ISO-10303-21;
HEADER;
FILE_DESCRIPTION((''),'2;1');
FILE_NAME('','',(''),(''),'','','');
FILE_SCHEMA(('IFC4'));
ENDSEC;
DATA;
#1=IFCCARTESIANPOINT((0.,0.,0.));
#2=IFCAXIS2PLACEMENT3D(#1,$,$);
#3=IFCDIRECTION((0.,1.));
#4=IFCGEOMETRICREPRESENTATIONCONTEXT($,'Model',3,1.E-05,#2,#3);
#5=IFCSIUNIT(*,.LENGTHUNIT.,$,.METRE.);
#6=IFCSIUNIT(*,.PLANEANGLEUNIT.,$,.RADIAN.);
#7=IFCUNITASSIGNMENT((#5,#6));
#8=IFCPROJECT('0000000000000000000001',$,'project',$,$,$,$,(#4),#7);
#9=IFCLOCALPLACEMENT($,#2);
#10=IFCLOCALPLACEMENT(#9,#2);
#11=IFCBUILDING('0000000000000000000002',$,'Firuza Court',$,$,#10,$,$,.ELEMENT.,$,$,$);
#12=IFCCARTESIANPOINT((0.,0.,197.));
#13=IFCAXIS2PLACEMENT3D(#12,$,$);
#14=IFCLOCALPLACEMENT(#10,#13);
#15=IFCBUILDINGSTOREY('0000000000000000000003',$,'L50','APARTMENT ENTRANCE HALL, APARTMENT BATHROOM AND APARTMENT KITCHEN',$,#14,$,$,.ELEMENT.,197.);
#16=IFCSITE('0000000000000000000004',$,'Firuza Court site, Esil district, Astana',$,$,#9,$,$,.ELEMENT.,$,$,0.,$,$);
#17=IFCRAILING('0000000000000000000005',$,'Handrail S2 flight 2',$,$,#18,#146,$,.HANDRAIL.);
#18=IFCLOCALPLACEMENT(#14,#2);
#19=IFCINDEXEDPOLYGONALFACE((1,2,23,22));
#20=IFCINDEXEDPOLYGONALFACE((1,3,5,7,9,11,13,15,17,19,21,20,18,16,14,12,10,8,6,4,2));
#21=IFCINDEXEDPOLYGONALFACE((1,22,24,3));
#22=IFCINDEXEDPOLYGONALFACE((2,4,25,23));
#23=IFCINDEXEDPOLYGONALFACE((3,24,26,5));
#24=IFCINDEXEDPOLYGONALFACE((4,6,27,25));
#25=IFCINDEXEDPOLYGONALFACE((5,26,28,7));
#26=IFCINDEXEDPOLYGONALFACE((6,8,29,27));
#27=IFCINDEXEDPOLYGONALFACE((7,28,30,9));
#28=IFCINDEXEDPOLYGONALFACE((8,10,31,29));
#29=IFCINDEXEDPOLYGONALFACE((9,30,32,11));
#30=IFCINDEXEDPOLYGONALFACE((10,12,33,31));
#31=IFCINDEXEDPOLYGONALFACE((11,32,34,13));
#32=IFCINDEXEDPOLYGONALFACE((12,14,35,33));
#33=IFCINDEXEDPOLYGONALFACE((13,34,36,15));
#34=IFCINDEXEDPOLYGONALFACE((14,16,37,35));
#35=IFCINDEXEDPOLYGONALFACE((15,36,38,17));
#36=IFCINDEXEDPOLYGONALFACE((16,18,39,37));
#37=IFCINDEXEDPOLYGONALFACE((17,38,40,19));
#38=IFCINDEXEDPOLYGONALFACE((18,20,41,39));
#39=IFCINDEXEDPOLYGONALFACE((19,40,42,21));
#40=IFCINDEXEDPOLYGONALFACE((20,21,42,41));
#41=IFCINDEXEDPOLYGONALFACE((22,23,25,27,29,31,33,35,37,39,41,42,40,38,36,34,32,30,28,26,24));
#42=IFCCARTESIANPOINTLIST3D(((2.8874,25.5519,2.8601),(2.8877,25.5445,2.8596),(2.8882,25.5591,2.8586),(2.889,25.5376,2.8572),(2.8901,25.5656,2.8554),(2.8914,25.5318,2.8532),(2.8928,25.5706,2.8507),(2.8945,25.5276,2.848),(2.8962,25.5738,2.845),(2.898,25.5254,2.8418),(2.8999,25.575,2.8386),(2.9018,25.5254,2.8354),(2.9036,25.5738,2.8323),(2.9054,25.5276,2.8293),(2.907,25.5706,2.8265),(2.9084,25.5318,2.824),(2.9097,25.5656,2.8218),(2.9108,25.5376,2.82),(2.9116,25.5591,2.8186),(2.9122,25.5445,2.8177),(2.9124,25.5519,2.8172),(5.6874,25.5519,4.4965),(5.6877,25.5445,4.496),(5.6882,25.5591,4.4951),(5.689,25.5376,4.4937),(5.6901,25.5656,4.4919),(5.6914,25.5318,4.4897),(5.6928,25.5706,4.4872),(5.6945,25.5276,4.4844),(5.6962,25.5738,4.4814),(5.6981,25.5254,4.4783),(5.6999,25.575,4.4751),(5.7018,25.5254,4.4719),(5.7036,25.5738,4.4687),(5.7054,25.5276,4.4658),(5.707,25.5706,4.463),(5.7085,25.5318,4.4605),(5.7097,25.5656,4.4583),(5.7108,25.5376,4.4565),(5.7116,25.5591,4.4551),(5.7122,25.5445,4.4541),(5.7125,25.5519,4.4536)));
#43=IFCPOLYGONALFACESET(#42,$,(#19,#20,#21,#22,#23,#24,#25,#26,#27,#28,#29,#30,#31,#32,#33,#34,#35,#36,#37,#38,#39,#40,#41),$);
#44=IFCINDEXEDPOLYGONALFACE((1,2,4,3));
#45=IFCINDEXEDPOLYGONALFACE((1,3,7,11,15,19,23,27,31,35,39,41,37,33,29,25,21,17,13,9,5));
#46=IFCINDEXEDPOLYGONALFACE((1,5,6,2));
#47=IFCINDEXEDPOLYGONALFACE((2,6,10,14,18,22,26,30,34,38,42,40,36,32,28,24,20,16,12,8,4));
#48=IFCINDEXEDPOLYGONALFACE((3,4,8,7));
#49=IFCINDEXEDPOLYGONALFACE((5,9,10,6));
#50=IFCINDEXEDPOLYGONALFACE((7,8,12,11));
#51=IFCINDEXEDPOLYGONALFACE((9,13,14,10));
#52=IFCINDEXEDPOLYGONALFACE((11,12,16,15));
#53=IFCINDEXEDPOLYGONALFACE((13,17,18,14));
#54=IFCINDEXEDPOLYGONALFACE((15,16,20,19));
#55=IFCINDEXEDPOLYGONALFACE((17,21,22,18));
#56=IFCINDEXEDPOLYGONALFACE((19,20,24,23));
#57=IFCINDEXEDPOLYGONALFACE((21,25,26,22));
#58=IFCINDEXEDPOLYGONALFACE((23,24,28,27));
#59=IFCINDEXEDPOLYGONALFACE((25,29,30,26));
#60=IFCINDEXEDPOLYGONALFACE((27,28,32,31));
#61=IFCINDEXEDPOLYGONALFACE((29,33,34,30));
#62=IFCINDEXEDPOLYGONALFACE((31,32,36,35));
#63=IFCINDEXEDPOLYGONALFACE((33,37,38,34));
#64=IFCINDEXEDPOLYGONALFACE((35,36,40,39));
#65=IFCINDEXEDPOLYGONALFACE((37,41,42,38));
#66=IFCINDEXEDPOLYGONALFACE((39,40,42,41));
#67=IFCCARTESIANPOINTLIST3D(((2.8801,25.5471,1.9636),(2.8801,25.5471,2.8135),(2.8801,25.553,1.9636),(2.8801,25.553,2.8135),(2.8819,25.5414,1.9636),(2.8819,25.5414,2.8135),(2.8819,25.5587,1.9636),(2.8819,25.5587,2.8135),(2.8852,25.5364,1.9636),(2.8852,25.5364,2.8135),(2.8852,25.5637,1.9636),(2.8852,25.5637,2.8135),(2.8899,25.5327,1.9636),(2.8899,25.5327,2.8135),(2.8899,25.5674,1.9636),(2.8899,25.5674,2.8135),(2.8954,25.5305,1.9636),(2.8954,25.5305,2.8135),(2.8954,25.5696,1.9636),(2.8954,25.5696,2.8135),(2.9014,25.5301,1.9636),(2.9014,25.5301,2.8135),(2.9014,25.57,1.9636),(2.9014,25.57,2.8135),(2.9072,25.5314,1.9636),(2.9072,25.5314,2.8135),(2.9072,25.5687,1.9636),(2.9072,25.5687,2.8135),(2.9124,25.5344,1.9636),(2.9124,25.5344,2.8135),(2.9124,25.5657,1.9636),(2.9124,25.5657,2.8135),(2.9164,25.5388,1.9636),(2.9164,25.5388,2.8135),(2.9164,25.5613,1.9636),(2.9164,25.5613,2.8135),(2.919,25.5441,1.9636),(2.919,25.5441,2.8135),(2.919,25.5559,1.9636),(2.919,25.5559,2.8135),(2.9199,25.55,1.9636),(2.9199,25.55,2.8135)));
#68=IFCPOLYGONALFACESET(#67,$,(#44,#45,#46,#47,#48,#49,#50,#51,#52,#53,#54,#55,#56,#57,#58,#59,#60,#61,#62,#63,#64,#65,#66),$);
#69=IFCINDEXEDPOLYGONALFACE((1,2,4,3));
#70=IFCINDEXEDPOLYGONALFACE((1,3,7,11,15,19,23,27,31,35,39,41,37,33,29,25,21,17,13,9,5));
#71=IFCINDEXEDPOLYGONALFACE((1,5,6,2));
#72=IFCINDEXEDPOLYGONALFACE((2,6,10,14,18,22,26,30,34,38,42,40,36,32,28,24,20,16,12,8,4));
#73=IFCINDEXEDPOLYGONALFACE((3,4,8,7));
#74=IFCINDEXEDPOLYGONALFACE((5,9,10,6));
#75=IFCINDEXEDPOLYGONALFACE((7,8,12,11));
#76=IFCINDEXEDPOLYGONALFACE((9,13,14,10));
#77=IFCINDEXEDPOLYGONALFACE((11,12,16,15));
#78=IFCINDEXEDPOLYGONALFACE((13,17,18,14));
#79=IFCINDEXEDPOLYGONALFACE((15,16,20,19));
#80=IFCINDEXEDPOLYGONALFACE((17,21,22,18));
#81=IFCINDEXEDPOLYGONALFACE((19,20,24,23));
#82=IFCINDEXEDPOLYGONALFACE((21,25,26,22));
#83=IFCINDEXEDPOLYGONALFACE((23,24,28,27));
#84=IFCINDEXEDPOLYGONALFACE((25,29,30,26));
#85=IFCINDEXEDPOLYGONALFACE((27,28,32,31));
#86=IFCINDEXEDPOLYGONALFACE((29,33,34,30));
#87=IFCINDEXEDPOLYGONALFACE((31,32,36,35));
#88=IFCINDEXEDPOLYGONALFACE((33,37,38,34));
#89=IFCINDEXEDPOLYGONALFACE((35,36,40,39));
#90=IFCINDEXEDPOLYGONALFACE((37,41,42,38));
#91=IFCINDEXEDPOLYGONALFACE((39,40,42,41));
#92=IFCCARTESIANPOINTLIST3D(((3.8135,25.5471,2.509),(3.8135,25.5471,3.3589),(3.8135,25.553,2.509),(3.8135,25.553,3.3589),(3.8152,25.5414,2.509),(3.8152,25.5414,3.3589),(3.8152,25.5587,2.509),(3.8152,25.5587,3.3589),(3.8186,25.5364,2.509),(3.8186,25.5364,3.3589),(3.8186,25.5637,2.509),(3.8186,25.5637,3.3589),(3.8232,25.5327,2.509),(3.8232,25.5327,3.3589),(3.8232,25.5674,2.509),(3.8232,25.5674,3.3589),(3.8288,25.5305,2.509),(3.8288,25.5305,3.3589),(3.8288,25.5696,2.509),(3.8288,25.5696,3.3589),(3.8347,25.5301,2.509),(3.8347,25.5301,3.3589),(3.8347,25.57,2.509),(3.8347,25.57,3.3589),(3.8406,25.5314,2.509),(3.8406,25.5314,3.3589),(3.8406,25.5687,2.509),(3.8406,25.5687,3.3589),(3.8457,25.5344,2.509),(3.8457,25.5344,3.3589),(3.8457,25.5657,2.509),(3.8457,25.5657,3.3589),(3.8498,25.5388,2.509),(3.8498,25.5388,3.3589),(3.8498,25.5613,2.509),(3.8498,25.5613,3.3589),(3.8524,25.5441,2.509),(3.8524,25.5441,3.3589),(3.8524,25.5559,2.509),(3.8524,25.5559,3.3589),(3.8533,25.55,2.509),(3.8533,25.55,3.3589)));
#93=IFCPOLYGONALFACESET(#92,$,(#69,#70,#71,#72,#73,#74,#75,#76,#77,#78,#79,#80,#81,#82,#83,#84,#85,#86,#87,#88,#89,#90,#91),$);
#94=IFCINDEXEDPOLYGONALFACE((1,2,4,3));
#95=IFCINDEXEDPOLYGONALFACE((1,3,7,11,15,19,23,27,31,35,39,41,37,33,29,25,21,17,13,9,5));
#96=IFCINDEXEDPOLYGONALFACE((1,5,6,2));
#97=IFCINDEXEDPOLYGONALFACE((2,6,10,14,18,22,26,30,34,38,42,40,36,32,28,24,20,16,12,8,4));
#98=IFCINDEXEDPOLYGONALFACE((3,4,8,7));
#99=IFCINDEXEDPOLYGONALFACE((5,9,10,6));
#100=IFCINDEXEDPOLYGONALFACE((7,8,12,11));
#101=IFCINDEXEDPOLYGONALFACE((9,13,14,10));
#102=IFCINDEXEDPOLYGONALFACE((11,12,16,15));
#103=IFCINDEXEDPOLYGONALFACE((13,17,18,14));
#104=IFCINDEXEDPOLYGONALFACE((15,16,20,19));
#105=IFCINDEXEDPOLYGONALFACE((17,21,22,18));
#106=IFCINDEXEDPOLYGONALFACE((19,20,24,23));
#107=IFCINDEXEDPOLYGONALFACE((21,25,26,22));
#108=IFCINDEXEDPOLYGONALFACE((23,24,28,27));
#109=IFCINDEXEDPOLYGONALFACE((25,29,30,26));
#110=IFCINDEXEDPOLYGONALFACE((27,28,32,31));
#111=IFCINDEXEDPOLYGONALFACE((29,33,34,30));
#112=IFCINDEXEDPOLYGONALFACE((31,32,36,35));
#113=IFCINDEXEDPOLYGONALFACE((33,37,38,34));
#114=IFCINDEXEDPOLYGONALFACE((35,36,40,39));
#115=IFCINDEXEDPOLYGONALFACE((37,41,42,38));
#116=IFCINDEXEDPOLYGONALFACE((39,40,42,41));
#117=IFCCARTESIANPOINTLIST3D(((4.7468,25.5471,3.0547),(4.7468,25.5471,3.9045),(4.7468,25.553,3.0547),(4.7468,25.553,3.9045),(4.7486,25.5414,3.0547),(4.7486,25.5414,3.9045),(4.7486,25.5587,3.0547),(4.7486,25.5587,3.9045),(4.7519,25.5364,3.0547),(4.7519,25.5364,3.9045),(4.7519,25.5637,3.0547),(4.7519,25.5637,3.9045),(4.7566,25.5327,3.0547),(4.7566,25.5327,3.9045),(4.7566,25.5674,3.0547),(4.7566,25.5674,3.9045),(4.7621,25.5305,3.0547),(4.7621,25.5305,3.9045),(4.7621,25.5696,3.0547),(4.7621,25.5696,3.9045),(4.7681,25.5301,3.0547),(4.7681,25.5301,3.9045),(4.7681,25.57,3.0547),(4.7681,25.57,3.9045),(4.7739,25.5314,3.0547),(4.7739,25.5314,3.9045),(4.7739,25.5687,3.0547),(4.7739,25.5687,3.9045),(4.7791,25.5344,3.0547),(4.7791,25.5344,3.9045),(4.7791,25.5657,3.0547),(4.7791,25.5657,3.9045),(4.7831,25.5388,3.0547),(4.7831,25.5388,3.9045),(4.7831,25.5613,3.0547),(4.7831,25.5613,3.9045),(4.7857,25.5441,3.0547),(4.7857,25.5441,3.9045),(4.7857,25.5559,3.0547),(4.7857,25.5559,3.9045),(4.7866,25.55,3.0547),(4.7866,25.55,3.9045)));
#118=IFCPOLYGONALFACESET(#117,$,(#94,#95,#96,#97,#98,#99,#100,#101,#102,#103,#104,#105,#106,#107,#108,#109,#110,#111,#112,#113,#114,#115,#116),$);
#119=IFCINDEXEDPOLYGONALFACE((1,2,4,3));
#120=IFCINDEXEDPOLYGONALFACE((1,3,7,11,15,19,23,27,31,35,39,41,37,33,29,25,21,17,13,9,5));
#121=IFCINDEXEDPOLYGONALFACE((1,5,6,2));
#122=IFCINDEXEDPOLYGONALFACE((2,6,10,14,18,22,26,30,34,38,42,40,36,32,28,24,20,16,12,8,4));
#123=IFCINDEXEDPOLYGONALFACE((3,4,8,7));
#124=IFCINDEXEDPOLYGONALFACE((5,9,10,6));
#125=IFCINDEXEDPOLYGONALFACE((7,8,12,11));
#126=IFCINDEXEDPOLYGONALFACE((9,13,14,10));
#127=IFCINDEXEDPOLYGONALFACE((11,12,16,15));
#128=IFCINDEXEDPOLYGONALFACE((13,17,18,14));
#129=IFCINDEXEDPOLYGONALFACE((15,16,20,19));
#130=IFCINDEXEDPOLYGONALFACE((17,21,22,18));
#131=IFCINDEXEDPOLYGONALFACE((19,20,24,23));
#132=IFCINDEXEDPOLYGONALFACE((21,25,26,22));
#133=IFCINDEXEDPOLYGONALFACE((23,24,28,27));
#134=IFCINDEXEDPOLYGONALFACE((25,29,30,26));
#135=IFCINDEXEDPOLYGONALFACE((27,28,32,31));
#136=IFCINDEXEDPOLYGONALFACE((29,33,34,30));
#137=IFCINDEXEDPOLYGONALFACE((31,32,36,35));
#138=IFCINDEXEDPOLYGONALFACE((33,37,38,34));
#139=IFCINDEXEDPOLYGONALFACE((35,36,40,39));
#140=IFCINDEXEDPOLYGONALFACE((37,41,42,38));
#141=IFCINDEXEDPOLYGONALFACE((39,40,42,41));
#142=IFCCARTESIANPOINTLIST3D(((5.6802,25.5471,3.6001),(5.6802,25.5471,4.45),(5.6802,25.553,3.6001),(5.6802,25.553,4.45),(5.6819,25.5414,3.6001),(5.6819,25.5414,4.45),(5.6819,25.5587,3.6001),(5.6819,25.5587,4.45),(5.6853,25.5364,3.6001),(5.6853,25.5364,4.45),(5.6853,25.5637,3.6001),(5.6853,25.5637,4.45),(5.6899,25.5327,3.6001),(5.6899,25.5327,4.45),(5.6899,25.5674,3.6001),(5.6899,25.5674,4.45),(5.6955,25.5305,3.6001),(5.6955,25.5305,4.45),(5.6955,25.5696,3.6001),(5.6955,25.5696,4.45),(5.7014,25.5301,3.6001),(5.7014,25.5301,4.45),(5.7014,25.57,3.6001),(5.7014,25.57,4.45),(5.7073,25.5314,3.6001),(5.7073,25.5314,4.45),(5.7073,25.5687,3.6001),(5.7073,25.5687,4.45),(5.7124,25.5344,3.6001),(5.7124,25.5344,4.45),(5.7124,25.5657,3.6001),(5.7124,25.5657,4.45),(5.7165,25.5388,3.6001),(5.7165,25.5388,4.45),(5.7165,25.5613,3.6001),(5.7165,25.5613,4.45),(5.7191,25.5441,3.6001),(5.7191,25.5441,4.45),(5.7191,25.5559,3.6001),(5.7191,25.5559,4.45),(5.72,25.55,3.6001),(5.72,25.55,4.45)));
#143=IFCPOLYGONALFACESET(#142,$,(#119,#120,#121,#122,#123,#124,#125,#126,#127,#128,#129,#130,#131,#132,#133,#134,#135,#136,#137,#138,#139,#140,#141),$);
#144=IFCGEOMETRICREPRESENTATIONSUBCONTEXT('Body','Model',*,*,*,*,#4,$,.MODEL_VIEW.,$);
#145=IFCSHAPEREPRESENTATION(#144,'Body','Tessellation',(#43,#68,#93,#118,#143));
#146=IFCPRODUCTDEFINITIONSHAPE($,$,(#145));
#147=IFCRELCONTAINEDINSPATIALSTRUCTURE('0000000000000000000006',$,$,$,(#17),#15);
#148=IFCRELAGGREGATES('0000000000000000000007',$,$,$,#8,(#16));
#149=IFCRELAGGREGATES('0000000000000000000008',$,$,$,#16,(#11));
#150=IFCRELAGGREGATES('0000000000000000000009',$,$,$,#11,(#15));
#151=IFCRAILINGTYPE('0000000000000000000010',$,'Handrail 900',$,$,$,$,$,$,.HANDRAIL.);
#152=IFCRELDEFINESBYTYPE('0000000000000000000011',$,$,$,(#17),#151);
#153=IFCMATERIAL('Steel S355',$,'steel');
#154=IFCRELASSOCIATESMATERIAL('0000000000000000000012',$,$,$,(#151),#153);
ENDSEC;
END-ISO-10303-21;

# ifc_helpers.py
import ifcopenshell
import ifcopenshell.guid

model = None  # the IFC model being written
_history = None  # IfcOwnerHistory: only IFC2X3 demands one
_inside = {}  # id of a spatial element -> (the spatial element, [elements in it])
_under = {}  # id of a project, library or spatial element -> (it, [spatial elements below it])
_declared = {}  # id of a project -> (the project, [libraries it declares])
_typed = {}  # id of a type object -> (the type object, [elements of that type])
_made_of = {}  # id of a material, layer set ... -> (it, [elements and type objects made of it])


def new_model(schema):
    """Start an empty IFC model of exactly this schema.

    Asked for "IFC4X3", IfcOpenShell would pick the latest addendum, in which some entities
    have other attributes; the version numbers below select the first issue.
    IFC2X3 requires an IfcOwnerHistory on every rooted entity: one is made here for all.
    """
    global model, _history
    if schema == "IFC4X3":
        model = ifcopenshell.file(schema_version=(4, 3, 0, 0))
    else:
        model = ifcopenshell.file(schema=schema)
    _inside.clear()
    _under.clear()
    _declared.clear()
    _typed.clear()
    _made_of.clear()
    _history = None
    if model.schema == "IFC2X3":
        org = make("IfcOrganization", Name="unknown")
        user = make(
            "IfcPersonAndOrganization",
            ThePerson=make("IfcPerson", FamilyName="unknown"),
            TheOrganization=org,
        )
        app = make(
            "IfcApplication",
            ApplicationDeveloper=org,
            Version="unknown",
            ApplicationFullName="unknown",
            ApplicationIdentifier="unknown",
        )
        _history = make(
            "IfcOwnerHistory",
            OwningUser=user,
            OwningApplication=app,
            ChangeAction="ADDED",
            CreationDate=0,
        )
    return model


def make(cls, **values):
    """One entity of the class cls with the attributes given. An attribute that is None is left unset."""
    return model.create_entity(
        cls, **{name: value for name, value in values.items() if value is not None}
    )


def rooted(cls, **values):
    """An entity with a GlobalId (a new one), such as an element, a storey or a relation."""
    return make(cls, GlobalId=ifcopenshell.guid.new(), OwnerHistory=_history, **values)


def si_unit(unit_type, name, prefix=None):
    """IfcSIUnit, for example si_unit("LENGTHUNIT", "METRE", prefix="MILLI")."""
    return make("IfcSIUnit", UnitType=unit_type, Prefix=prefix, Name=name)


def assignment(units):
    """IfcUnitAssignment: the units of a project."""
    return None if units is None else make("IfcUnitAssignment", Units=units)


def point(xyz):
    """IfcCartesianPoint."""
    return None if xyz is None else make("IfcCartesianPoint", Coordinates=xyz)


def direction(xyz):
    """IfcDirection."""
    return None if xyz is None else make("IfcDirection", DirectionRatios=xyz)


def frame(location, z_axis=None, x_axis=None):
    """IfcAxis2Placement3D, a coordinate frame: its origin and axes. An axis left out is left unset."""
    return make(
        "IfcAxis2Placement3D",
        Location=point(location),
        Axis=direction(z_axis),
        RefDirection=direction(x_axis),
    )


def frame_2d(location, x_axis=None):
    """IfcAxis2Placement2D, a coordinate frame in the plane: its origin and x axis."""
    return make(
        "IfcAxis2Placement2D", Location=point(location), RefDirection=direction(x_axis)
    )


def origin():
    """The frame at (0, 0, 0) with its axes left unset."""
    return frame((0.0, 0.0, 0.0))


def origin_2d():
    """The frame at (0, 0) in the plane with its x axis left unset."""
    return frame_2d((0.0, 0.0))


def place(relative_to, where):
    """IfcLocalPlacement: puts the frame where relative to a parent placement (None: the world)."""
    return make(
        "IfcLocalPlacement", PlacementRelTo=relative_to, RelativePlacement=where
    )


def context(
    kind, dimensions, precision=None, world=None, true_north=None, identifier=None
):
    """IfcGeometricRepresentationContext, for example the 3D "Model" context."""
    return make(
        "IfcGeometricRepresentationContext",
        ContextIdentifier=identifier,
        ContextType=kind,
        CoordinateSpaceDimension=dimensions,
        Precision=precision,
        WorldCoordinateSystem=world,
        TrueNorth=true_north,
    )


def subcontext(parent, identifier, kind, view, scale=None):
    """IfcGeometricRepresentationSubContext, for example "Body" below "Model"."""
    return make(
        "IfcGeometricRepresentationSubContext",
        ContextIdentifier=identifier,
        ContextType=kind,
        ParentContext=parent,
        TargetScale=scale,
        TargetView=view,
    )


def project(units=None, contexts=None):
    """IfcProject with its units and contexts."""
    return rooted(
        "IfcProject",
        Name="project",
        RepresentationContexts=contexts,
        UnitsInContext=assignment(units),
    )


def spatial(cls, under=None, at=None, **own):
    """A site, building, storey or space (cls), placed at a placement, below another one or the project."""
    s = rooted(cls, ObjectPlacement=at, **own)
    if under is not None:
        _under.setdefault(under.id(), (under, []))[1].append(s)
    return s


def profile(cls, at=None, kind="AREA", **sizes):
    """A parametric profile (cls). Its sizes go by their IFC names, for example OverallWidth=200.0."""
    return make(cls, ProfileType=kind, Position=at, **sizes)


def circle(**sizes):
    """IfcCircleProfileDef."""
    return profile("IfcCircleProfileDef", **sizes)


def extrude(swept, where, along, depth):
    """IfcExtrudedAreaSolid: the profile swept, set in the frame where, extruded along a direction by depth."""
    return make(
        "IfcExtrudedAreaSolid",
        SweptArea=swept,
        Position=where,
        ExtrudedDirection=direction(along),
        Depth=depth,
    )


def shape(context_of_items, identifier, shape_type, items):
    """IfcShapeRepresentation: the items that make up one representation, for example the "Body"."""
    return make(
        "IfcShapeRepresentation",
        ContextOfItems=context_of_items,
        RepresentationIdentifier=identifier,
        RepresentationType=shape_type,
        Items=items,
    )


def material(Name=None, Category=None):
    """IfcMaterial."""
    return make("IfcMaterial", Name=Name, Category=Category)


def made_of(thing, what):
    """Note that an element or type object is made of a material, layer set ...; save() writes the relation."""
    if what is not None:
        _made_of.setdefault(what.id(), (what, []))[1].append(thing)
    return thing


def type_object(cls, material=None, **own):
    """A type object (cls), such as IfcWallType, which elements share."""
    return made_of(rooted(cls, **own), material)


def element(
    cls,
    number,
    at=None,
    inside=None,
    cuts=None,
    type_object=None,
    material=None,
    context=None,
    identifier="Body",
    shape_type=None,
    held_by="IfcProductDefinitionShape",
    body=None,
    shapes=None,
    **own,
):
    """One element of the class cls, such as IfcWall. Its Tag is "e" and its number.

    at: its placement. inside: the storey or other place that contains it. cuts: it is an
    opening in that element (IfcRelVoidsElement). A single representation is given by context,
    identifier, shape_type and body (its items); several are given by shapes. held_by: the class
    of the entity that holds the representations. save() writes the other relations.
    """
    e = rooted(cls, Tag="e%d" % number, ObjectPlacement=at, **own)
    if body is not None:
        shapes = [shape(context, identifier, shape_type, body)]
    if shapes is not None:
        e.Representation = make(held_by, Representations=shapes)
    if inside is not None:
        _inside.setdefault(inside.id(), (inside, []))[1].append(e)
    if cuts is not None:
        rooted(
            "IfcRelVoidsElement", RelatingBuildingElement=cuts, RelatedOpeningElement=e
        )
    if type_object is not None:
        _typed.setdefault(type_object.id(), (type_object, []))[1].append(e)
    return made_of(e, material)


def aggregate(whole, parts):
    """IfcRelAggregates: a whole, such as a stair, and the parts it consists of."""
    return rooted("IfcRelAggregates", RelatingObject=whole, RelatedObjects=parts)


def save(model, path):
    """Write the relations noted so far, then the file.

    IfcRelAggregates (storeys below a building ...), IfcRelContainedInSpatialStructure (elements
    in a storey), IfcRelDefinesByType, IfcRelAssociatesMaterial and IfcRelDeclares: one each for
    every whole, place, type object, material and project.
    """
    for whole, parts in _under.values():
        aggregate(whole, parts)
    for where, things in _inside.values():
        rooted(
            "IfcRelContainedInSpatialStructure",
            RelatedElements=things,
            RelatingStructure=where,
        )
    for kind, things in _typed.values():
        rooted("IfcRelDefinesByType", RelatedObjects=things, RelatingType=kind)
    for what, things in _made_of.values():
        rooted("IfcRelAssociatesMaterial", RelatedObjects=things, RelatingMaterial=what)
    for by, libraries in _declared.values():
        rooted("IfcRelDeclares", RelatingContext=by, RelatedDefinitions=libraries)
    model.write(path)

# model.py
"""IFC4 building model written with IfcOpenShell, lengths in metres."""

from ifc_helpers import new_model, si_unit, direction, frame, origin, origin_2d, place, context, subcontext, project, spatial, circle, extrude, material, type_object, element, save


model = new_model("IFC4")

# Units and contexts
model_context = context("Model", 3, precision=1e-05, world=origin(), true_north=direction((0.0, 1.0)))
body_context = subcontext(model_context, "Body", "Model", "MODEL_VIEW")
ifc_project = project(units=[si_unit("LENGTHUNIT", "METRE"), si_unit("PLANEANGLEUNIT", "RADIAN")], contexts=[model_context])

# Site, building, storey
site_placement = place(None, origin())
site = spatial("IfcSite", under=ifc_project, at=site_placement, Name="Firuza Court site, Esil district, Astana", CompositionType="ELEMENT", RefElevation=0.0)
building_placement = place(site_placement, origin())
building = spatial("IfcBuilding", under=site, at=building_placement, Name="Firuza Court", CompositionType="ELEMENT")
storey_placement = place(building_placement, frame((0.0, 0.0, 197.0)))
storey = spatial("IfcBuildingStorey", under=building, at=storey_placement, Name="L50", Description="APARTMENT ENTRANCE HALL, APARTMENT BATHROOM AND APARTMENT KITCHEN", CompositionType="ELEMENT", Elevation=197.0)

# Railing
ifc_material_1 = material(Name="Steel S355", Category="steel")
railing_type_1 = type_object("IfcRailingType", Name="Handrail 900", PredefinedType="HANDRAIL", material=ifc_material_1)
railing_1_placement = place(storey_placement, frame((2.8999, 25.55, 1.9636)))
element("IfcRailing", 1, at=railing_1_placement, inside=storey, type_object=railing_type_1, Name="Handrail S2 flight 2", PredefinedType="HANDRAIL", context=body_context, shape_type="SweptSolid", body=[
    extrude(circle(Radius=0.0249, at=origin_2d()), frame((0.0, 0.0, 0.875), z_axis=(0.863361, 0.0, 0.504587), x_axis=(0.0, 1.0, 0.0)), (0.0, 0.0, 1.0), 3.2432),
    extrude(circle(Radius=0.02, at=origin_2d()), origin(), (0.0, 0.0, 1.0), 0.8499),
    extrude(circle(Radius=0.02, at=origin_2d()), frame((0.9333, 0.0, 0.5454)), (0.0, 0.0, 1.0), 0.8499),
    extrude(circle(Radius=0.02, at=origin_2d()), frame((1.8667, 0.0, 1.0911)), (0.0, 0.0, 1.0), 0.8499),
    extrude(circle(Radius=0.02, at=origin_2d()), frame((2.8, 0.0, 1.6365)), (0.0, 0.0, 1.0), 0.8499),
])

save(model, "model.ifc")
